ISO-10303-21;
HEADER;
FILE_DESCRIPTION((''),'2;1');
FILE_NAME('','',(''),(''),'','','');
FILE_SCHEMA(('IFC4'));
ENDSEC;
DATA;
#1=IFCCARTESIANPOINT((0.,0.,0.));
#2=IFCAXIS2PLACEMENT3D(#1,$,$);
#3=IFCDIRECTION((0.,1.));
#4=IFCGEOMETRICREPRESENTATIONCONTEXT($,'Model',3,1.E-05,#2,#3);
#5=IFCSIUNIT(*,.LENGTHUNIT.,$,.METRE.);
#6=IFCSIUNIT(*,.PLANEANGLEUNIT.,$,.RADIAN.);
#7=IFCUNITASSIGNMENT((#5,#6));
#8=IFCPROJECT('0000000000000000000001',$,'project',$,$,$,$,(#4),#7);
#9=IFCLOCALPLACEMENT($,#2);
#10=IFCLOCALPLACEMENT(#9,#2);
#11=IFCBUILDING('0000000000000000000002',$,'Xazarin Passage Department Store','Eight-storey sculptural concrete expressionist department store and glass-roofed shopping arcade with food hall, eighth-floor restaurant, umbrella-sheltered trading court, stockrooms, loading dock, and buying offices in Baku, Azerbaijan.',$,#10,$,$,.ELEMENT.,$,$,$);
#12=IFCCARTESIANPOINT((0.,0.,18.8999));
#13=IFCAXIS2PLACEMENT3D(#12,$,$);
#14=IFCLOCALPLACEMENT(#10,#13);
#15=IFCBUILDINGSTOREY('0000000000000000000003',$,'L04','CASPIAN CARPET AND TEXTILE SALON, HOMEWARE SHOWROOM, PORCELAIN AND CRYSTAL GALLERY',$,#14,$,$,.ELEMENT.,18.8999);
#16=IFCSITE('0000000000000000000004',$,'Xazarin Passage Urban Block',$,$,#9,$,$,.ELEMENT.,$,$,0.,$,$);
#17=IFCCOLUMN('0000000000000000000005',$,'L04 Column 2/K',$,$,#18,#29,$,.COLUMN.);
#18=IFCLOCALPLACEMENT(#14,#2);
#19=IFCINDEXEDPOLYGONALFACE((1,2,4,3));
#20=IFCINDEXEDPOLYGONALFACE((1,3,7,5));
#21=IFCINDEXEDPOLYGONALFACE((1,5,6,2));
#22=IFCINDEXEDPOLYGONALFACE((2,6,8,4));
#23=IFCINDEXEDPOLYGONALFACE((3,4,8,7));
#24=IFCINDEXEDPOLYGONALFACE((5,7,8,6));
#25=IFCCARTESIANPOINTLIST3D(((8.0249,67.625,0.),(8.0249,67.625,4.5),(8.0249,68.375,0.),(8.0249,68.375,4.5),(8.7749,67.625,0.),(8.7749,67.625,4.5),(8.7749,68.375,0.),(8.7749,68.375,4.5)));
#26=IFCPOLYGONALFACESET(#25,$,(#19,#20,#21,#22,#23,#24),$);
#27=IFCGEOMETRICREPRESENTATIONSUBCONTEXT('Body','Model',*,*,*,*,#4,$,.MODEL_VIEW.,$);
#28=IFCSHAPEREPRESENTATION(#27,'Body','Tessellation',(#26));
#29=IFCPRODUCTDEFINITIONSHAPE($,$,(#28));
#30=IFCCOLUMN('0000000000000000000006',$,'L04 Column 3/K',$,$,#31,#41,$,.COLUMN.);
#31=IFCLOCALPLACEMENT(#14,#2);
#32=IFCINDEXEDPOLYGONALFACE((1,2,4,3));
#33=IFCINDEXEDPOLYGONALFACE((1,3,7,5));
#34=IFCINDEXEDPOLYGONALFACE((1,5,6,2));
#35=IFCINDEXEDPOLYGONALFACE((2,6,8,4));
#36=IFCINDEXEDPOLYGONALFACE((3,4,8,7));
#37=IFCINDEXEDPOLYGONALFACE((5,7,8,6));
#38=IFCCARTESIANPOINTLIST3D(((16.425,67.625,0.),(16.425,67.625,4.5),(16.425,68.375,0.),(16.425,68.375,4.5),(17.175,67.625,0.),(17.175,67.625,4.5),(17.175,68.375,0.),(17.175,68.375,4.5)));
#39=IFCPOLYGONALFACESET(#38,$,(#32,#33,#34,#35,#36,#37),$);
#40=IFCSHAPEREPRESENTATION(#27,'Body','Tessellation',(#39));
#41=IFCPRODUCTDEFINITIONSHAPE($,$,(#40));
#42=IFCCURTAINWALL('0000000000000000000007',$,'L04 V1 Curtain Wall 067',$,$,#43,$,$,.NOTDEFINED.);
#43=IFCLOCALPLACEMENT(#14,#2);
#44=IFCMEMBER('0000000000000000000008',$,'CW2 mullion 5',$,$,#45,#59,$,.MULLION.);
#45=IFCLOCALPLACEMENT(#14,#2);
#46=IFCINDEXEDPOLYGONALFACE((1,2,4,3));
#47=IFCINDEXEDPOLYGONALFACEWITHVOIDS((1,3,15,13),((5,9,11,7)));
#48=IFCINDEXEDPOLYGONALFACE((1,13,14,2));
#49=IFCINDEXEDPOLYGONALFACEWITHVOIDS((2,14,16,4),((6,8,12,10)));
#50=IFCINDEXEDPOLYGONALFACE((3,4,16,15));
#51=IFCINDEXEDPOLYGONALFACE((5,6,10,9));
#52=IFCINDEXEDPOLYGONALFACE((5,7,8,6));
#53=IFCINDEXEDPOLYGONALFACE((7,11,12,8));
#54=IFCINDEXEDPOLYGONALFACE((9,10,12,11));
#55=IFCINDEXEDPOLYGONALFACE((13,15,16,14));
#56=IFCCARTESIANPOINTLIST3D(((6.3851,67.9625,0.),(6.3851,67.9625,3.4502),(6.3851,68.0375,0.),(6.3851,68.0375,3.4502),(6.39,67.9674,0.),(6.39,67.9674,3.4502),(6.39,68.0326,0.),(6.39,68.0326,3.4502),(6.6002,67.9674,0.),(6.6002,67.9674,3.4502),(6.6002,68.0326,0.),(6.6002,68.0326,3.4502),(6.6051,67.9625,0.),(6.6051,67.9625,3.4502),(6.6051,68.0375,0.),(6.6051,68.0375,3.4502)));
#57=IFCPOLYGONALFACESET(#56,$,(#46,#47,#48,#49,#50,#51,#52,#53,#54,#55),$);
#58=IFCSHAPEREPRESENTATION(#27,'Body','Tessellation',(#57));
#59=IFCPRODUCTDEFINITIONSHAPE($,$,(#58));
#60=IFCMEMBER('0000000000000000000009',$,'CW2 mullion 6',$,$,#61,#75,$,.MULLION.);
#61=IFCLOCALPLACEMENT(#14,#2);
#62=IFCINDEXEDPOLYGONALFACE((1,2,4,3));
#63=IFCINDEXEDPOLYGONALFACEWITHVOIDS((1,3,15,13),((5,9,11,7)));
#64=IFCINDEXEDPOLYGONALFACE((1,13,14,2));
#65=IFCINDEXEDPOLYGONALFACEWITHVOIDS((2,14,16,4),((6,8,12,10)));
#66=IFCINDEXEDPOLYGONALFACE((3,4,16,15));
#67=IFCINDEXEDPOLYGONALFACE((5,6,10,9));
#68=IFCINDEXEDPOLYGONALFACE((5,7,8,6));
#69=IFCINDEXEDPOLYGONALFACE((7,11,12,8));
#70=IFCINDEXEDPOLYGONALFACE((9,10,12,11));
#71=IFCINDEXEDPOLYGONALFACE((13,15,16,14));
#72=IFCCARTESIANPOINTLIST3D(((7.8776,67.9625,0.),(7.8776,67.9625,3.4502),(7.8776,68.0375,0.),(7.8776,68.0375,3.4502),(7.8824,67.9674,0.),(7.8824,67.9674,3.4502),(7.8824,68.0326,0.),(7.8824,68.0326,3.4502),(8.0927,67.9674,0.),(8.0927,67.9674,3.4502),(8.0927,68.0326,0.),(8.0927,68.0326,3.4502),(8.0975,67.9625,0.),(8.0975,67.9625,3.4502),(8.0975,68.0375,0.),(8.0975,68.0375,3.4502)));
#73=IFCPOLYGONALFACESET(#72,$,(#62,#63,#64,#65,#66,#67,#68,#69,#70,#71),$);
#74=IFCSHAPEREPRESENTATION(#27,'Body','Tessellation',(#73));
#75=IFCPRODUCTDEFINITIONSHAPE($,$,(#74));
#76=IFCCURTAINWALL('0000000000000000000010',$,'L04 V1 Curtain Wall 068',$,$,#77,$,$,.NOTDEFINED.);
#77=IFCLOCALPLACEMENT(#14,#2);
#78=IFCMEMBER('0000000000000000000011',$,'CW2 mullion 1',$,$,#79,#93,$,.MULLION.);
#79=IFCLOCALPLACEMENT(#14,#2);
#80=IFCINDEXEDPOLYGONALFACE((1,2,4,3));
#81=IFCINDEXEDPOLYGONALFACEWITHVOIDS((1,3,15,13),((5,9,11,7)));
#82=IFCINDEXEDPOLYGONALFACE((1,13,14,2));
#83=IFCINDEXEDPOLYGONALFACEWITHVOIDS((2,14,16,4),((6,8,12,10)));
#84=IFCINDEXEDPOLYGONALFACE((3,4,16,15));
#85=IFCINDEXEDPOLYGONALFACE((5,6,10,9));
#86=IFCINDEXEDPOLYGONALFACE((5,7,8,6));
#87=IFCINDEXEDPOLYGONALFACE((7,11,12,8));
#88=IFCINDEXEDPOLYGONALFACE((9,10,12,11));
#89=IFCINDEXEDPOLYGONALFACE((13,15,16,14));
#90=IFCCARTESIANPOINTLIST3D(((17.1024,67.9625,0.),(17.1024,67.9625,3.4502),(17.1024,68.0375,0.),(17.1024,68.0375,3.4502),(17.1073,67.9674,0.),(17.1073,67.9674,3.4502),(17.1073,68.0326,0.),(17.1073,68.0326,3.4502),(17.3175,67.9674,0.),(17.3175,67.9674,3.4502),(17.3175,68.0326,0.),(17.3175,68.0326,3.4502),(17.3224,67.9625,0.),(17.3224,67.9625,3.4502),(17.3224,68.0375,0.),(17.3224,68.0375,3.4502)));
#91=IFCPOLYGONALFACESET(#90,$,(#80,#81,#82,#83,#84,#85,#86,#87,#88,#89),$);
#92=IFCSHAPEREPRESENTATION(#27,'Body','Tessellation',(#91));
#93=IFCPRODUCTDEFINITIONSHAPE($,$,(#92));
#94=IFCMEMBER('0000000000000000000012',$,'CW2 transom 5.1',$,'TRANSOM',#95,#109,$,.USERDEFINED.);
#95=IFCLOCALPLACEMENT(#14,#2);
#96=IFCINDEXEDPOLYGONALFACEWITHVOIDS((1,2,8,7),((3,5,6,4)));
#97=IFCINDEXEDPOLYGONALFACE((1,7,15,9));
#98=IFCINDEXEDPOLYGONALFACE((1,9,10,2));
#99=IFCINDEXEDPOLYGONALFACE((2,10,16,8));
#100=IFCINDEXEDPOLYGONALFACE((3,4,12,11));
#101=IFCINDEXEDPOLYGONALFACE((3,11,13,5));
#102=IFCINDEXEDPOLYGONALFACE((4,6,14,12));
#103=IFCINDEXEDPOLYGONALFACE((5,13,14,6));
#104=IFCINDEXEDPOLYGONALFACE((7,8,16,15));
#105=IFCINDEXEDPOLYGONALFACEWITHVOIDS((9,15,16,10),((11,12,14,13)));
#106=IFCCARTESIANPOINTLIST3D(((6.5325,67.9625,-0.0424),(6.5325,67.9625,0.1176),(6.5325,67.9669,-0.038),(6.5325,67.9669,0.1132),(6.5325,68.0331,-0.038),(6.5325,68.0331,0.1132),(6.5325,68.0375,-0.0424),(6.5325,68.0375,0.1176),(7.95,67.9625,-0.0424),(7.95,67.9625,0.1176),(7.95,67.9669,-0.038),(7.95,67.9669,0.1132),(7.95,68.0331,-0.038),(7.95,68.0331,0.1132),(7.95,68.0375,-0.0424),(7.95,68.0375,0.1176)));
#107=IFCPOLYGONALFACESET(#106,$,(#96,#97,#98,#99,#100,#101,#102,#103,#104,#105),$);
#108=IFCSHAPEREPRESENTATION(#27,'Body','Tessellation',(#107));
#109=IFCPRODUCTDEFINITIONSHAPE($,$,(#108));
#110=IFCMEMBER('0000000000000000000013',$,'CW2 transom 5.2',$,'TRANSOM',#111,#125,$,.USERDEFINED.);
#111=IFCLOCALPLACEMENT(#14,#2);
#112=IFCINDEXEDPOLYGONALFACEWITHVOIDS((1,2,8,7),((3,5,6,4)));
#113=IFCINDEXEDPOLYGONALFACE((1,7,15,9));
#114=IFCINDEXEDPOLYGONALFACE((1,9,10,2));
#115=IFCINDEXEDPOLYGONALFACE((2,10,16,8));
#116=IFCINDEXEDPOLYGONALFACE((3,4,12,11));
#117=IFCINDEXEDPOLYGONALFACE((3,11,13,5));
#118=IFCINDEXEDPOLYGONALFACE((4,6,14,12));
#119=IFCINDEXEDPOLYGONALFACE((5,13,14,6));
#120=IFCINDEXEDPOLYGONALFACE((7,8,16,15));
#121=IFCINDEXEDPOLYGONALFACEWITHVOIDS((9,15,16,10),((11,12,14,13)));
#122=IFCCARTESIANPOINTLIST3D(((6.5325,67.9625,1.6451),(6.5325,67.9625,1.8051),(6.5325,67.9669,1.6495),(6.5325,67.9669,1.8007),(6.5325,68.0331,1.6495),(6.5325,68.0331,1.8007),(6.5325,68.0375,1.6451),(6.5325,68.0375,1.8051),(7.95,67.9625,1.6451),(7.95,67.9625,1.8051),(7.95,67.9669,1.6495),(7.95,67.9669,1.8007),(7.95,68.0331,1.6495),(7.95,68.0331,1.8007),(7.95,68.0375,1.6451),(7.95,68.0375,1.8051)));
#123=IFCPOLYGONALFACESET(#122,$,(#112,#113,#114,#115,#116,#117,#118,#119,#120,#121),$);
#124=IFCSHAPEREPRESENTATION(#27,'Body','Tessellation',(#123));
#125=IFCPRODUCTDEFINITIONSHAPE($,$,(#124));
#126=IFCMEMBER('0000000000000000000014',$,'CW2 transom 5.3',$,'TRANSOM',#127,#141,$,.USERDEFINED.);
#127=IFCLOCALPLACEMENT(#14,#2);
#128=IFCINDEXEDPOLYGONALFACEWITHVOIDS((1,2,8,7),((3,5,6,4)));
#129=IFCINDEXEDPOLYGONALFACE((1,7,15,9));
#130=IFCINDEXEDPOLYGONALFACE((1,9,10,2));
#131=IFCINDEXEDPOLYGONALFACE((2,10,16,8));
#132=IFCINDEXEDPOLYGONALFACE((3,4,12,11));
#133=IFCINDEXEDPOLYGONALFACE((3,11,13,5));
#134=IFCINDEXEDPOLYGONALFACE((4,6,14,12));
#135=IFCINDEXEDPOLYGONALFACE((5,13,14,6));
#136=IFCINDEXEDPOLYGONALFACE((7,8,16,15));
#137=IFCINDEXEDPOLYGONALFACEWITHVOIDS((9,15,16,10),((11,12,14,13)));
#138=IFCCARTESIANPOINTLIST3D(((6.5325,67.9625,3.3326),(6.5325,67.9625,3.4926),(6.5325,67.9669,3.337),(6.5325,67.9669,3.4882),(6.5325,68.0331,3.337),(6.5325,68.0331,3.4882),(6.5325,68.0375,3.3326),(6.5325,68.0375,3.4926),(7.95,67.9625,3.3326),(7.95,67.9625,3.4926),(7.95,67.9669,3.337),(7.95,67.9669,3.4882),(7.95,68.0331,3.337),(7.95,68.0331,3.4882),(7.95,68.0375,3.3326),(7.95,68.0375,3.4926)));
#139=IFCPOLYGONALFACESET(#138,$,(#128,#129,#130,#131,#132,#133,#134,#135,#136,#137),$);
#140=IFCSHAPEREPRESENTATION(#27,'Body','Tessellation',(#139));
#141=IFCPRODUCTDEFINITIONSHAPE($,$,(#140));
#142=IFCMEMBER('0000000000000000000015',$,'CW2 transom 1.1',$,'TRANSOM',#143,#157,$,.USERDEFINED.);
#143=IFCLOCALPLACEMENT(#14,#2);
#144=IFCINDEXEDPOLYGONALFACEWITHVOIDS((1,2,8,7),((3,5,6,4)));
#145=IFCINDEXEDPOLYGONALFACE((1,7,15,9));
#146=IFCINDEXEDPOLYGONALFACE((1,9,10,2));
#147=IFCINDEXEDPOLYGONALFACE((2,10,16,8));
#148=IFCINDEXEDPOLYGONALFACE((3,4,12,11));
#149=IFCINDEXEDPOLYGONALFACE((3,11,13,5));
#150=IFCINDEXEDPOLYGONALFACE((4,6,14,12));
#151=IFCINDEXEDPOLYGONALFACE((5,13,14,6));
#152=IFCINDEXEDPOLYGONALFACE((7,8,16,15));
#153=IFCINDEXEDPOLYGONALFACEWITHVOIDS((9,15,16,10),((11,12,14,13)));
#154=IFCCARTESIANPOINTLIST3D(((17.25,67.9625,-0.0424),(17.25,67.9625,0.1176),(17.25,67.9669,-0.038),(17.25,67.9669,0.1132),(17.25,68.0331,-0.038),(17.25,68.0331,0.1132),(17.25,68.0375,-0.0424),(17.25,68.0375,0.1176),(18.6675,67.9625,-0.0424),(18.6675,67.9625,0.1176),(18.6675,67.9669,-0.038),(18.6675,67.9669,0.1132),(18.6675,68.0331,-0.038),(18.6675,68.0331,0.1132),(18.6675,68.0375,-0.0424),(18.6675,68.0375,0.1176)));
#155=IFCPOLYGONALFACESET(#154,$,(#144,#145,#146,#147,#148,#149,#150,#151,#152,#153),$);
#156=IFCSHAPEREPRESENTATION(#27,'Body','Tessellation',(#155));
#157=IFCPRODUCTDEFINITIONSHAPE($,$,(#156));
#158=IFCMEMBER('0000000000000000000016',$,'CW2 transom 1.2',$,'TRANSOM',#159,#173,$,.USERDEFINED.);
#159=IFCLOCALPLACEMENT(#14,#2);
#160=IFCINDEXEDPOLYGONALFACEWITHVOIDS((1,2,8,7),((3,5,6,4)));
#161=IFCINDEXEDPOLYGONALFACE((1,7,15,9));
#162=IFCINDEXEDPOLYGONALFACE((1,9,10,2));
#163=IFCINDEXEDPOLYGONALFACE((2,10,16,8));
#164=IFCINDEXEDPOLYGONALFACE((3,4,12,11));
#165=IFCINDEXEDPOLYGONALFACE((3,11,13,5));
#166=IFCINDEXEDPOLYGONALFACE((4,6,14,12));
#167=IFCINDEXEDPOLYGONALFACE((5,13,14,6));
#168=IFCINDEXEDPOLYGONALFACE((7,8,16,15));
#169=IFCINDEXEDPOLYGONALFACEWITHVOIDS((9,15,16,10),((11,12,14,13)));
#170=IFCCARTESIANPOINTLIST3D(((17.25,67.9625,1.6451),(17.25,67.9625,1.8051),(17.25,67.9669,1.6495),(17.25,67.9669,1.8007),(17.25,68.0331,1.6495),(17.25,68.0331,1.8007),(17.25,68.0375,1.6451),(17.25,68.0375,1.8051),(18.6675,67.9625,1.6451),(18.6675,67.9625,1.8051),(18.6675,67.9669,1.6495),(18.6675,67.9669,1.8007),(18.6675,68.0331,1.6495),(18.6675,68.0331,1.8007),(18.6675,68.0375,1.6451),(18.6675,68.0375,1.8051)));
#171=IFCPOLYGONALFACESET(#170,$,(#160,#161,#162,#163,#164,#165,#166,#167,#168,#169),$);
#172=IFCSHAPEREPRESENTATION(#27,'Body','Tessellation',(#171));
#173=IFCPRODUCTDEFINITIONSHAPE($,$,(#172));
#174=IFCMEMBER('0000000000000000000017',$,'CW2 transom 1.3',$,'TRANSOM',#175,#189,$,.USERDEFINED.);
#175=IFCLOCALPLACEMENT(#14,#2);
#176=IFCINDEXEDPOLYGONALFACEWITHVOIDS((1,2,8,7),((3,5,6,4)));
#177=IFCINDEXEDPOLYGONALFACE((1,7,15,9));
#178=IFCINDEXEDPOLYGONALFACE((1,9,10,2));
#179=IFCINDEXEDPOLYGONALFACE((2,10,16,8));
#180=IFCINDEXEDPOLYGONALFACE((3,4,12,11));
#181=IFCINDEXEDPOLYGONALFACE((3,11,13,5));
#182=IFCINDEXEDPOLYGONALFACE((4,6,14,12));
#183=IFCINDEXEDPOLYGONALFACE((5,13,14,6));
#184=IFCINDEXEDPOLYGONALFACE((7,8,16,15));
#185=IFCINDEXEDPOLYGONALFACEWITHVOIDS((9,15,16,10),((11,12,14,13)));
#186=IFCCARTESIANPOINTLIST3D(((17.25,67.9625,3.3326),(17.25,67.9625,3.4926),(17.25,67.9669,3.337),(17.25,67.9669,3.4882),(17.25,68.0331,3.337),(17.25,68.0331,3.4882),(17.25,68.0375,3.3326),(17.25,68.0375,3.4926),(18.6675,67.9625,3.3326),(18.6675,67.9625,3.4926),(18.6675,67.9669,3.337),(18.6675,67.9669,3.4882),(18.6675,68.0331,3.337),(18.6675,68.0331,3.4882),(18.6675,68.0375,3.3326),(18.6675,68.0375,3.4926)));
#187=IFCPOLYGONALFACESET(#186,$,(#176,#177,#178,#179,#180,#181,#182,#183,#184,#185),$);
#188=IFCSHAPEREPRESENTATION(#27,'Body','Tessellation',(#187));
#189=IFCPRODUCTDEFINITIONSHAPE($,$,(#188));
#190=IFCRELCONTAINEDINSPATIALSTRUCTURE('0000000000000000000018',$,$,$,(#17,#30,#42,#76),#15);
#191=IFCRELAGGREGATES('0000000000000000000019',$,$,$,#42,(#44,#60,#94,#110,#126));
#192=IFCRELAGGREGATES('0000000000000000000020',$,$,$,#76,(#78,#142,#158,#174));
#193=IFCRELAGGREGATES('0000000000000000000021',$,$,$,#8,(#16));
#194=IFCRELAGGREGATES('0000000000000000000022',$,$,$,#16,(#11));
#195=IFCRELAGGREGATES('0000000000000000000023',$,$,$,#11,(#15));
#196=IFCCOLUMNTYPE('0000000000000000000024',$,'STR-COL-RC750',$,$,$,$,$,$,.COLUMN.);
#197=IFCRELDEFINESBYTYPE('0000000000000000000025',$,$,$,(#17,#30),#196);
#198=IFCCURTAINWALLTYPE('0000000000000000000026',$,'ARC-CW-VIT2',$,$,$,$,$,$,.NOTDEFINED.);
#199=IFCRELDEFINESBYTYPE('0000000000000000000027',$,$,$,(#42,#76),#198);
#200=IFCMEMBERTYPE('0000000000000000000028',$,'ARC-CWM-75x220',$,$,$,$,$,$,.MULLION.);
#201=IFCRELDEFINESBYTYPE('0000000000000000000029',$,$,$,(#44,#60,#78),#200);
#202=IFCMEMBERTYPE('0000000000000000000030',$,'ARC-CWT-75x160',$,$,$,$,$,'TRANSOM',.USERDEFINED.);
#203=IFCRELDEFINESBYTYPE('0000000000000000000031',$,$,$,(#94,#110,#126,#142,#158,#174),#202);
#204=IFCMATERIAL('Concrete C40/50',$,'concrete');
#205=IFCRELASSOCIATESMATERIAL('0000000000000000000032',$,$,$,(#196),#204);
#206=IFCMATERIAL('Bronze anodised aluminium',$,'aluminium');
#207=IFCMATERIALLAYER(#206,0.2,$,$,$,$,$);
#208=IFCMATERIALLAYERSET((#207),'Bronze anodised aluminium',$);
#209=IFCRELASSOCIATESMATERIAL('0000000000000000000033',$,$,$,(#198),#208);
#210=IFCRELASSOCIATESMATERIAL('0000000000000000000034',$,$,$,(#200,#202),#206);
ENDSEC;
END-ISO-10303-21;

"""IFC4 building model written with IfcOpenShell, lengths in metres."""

from ifc_helpers import new_model, si_unit, direction, frame, origin, origin_2d, place, context, subcontext, project, spatial, rectangle, hollow_rectangle, extrude, material, layer, layer_set, material_profile, profile_set, type_object, element, aggregate, save


model = new_model("IFC4")

# Units and contexts
model_context = context("Model", 3, precision=1e-05, world=origin(), true_north=direction((0.0, 1.0)))
body_context = subcontext(model_context, "Body", "Model", "MODEL_VIEW")
ifc_project = project(units=[si_unit("LENGTHUNIT", "METRE"), si_unit("PLANEANGLEUNIT", "RADIAN")], contexts=[model_context])

# Site, building, storey
site_placement = place(None, origin())
site = spatial("IfcSite", under=ifc_project, at=site_placement, Name="Xazarin Passage Urban Block", CompositionType="ELEMENT", RefElevation=0.0)
building_placement = place(site_placement, origin())
building = spatial("IfcBuilding", under=site, at=building_placement, Name="Xazarin Passage Department Store", Description="Eight-storey sculptural concrete expressionist department store and glass-roofed shopping arcade with food hall, eighth-floor restaurant, umbrella-sheltered trading court, stockrooms, loading dock, and buying offices in Baku, Azerbaijan.", CompositionType="ELEMENT")
storey_placement = place(building_placement, frame((0.0, 0.0, 18.8999)))
storey = spatial("IfcBuildingStorey", under=building, at=storey_placement, Name="L04", Description="CASPIAN CARPET AND TEXTILE SALON, HOMEWARE SHOWROOM, PORCELAIN AND CRYSTAL GALLERY", CompositionType="ELEMENT", Elevation=18.8999)

# Columns
ifc_material_1 = material(Name="Concrete C40/50", Category="concrete")
ifc_material_profile_1 = material_profile(ifc_material_1, rectangle(XDim=0.75, YDim=0.75, at=origin_2d()), Name="RC 750x750")
ifc_profile_set_1 = profile_set([ifc_material_profile_1], Name="Concrete C40/50")
column_type = type_object("IfcColumnType", Name="STR-COL-RC750", PredefinedType="COLUMN", material=ifc_profile_set_1)
for number, where, z_axis, x_axis, name in (
    (1, (8.3999, 68.0, 0.0), (0.0, 0.0, 1.0), (1.0, 0.0, 0.0), "L04 Column 2/K"),
    (2, (16.8, 68.0, 0.0), (0.0, 0.0, 1.0), (1.0, 0.0, 0.0), "L04 Column 3/K"),
):
    element("IfcColumn", number, at=place(storey_placement, frame(where, z_axis=z_axis, x_axis=x_axis)), inside=storey, type_object=column_type, Name=name, PredefinedType="COLUMN", context=body_context, shape_type="SweptSolid", body=[
        extrude(rectangle(XDim=0.75, YDim=0.75, at=origin_2d()), origin(), (0.0, 0.0, 1.0), 4.5),
    ])

# Curtain wall, members
ifc_material_2 = material(Name="Bronze anodised aluminium", Category="aluminium")
ifc_layer_1 = layer(ifc_material_2, 0.2)
ifc_layer_set_1 = layer_set([ifc_layer_1], Name="Bronze anodised aluminium")
curtain_wall_type = type_object("IfcCurtainWallType", Name="ARC-CW-VIT2", PredefinedType="NOTDEFINED", material=ifc_layer_set_1)
curtain_wall_1_placement = place(storey_placement, origin())
curtain_wall_1 = element("IfcCurtainWall", 3, at=curtain_wall_1_placement, inside=storey, type_object=curtain_wall_type, Name="L04 V1 Curtain Wall 067", PredefinedType="NOTDEFINED")
ifc_material_profile_2 = material_profile(ifc_material_2, hollow_rectangle(XDim=0.075, YDim=0.22, WallThickness=0.0049, at=origin_2d()), Name="ALU 75x220")
ifc_profile_set_2 = profile_set([ifc_material_profile_2], Name="Bronze anodised aluminium")
member_type_1 = type_object("IfcMemberType", Name="ARC-CWM-75x220", PredefinedType="MULLION", material=ifc_profile_set_2)
member_1_placement = place(storey_placement, frame((6.4951, 68.0, 0.0), z_axis=(0.0, 0.0, 1.0), x_axis=(0.0, 1.0, 0.0)))
member_1 = element("IfcMember", 4, at=member_1_placement, type_object=member_type_1, Name="CW2 mullion 5", PredefinedType="MULLION", context=body_context, shape_type="SweptSolid", body=[
    extrude(hollow_rectangle(XDim=0.075, YDim=0.22, WallThickness=0.0049, at=origin_2d()), origin(), (0.0, 0.0, 1.0), 3.4502),
])
member_2_placement = place(storey_placement, frame((7.9875, 68.0, 0.0), z_axis=(0.0, 0.0, 1.0), x_axis=(0.0, 1.0, 0.0)))
member_2 = element("IfcMember", 5, at=member_2_placement, type_object=member_type_1, Name="CW2 mullion 6", PredefinedType="MULLION", context=body_context, shape_type="SweptSolid", body=[
    extrude(hollow_rectangle(XDim=0.075, YDim=0.22, WallThickness=0.0049, at=origin_2d()), origin(), (0.0, 0.0, 1.0), 3.4502),
])

# Curtain wall, member
curtain_wall_2_placement = place(storey_placement, origin())
curtain_wall_2 = element("IfcCurtainWall", 6, at=curtain_wall_2_placement, inside=storey, type_object=curtain_wall_type, Name="L04 V1 Curtain Wall 068", PredefinedType="NOTDEFINED")
member_3_placement = place(storey_placement, frame((17.2124, 68.0, 0.0), z_axis=(0.0, 0.0, 1.0), x_axis=(0.0, 1.0, 0.0)))
member_3 = element("IfcMember", 7, at=member_3_placement, type_object=member_type_1, Name="CW2 mullion 1", PredefinedType="MULLION", context=body_context, shape_type="SweptSolid", body=[
    extrude(hollow_rectangle(XDim=0.075, YDim=0.22, WallThickness=0.0049, at=origin_2d()), origin(), (0.0, 0.0, 1.0), 3.4502),
])

# Members
ifc_material_profile_3 = material_profile(ifc_material_2, hollow_rectangle(XDim=0.075, YDim=0.1599, WallThickness=0.0044, at=origin_2d()), Name="ALU 75x160")
ifc_profile_set_3 = profile_set([ifc_material_profile_3], Name="Bronze anodised aluminium")
member_type_2 = type_object("IfcMemberType", Name="ARC-CWT-75x160", ElementType="TRANSOM", PredefinedType="USERDEFINED", material=ifc_profile_set_3)
member_4_placement = place(storey_placement, frame((6.5325, 68.0, 0.0376), z_axis=(1.0, 0.0, 0.0), x_axis=(0.0, 1.0, 0.0)))
member_4 = element("IfcMember", 8, at=member_4_placement, type_object=member_type_2, Name="CW2 transom 5.1", ObjectType="TRANSOM", PredefinedType="USERDEFINED", context=body_context, shape_type="SweptSolid", body=[
    extrude(hollow_rectangle(XDim=0.075, YDim=0.1599, WallThickness=0.0044, at=origin_2d()), origin(), (0.0, 0.0, 1.0), 1.4175),
])
member_5_placement = place(storey_placement, frame((6.5325, 68.0, 1.7251), z_axis=(1.0, 0.0, 0.0), x_axis=(0.0, 1.0, 0.0)))
member_5 = element("IfcMember", 9, at=member_5_placement, type_object=member_type_2, Name="CW2 transom 5.2", ObjectType="TRANSOM", PredefinedType="USERDEFINED", context=body_context, shape_type="SweptSolid", body=[
    extrude(hollow_rectangle(XDim=0.075, YDim=0.1599, WallThickness=0.0044, at=origin_2d()), origin(), (0.0, 0.0, 1.0), 1.4175),
])
member_6_placement = place(storey_placement, frame((6.5325, 68.0, 3.4126), z_axis=(1.0, 0.0, 0.0), x_axis=(0.0, 1.0, 0.0)))
member_6 = element("IfcMember", 10, at=member_6_placement, type_object=member_type_2, Name="CW2 transom 5.3", ObjectType="TRANSOM", PredefinedType="USERDEFINED", context=body_context, shape_type="SweptSolid", body=[
    extrude(hollow_rectangle(XDim=0.075, YDim=0.1599, WallThickness=0.0044, at=origin_2d()), origin(), (0.0, 0.0, 1.0), 1.4175),
])
member_7_placement = place(storey_placement, frame((17.25, 68.0, 0.0376), z_axis=(1.0, 0.0, 0.0), x_axis=(0.0, 1.0, 0.0)))
member_7 = element("IfcMember", 11, at=member_7_placement, type_object=member_type_2, Name="CW2 transom 1.1", ObjectType="TRANSOM", PredefinedType="USERDEFINED", context=body_context, shape_type="SweptSolid", body=[
    extrude(hollow_rectangle(XDim=0.075, YDim=0.1599, WallThickness=0.0044, at=origin_2d()), origin(), (0.0, 0.0, 1.0), 1.4175),
])
member_8_placement = place(storey_placement, frame((17.25, 68.0, 1.7251), z_axis=(1.0, 0.0, 0.0), x_axis=(0.0, 1.0, 0.0)))
member_8 = element("IfcMember", 12, at=member_8_placement, type_object=member_type_2, Name="CW2 transom 1.2", ObjectType="TRANSOM", PredefinedType="USERDEFINED", context=body_context, shape_type="SweptSolid", body=[
    extrude(hollow_rectangle(XDim=0.075, YDim=0.1599, WallThickness=0.0044, at=origin_2d()), origin(), (0.0, 0.0, 1.0), 1.4175),
])
member_9_placement = place(storey_placement, frame((17.25, 68.0, 3.4126), z_axis=(1.0, 0.0, 0.0), x_axis=(0.0, 1.0, 0.0)))
member_9 = element("IfcMember", 13, at=member_9_placement, type_object=member_type_2, Name="CW2 transom 1.3", ObjectType="TRANSOM", PredefinedType="USERDEFINED", context=body_context, shape_type="SweptSolid", body=[
    extrude(hollow_rectangle(XDim=0.075, YDim=0.1599, WallThickness=0.0044, at=origin_2d()), origin(), (0.0, 0.0, 1.0), 1.4175),
])

aggregate(curtain_wall_1, [member_1, member_2, member_4, member_5, member_6])
aggregate(curtain_wall_2, [member_3, member_7, member_8, member_9])

save(model, "model.ifc")
